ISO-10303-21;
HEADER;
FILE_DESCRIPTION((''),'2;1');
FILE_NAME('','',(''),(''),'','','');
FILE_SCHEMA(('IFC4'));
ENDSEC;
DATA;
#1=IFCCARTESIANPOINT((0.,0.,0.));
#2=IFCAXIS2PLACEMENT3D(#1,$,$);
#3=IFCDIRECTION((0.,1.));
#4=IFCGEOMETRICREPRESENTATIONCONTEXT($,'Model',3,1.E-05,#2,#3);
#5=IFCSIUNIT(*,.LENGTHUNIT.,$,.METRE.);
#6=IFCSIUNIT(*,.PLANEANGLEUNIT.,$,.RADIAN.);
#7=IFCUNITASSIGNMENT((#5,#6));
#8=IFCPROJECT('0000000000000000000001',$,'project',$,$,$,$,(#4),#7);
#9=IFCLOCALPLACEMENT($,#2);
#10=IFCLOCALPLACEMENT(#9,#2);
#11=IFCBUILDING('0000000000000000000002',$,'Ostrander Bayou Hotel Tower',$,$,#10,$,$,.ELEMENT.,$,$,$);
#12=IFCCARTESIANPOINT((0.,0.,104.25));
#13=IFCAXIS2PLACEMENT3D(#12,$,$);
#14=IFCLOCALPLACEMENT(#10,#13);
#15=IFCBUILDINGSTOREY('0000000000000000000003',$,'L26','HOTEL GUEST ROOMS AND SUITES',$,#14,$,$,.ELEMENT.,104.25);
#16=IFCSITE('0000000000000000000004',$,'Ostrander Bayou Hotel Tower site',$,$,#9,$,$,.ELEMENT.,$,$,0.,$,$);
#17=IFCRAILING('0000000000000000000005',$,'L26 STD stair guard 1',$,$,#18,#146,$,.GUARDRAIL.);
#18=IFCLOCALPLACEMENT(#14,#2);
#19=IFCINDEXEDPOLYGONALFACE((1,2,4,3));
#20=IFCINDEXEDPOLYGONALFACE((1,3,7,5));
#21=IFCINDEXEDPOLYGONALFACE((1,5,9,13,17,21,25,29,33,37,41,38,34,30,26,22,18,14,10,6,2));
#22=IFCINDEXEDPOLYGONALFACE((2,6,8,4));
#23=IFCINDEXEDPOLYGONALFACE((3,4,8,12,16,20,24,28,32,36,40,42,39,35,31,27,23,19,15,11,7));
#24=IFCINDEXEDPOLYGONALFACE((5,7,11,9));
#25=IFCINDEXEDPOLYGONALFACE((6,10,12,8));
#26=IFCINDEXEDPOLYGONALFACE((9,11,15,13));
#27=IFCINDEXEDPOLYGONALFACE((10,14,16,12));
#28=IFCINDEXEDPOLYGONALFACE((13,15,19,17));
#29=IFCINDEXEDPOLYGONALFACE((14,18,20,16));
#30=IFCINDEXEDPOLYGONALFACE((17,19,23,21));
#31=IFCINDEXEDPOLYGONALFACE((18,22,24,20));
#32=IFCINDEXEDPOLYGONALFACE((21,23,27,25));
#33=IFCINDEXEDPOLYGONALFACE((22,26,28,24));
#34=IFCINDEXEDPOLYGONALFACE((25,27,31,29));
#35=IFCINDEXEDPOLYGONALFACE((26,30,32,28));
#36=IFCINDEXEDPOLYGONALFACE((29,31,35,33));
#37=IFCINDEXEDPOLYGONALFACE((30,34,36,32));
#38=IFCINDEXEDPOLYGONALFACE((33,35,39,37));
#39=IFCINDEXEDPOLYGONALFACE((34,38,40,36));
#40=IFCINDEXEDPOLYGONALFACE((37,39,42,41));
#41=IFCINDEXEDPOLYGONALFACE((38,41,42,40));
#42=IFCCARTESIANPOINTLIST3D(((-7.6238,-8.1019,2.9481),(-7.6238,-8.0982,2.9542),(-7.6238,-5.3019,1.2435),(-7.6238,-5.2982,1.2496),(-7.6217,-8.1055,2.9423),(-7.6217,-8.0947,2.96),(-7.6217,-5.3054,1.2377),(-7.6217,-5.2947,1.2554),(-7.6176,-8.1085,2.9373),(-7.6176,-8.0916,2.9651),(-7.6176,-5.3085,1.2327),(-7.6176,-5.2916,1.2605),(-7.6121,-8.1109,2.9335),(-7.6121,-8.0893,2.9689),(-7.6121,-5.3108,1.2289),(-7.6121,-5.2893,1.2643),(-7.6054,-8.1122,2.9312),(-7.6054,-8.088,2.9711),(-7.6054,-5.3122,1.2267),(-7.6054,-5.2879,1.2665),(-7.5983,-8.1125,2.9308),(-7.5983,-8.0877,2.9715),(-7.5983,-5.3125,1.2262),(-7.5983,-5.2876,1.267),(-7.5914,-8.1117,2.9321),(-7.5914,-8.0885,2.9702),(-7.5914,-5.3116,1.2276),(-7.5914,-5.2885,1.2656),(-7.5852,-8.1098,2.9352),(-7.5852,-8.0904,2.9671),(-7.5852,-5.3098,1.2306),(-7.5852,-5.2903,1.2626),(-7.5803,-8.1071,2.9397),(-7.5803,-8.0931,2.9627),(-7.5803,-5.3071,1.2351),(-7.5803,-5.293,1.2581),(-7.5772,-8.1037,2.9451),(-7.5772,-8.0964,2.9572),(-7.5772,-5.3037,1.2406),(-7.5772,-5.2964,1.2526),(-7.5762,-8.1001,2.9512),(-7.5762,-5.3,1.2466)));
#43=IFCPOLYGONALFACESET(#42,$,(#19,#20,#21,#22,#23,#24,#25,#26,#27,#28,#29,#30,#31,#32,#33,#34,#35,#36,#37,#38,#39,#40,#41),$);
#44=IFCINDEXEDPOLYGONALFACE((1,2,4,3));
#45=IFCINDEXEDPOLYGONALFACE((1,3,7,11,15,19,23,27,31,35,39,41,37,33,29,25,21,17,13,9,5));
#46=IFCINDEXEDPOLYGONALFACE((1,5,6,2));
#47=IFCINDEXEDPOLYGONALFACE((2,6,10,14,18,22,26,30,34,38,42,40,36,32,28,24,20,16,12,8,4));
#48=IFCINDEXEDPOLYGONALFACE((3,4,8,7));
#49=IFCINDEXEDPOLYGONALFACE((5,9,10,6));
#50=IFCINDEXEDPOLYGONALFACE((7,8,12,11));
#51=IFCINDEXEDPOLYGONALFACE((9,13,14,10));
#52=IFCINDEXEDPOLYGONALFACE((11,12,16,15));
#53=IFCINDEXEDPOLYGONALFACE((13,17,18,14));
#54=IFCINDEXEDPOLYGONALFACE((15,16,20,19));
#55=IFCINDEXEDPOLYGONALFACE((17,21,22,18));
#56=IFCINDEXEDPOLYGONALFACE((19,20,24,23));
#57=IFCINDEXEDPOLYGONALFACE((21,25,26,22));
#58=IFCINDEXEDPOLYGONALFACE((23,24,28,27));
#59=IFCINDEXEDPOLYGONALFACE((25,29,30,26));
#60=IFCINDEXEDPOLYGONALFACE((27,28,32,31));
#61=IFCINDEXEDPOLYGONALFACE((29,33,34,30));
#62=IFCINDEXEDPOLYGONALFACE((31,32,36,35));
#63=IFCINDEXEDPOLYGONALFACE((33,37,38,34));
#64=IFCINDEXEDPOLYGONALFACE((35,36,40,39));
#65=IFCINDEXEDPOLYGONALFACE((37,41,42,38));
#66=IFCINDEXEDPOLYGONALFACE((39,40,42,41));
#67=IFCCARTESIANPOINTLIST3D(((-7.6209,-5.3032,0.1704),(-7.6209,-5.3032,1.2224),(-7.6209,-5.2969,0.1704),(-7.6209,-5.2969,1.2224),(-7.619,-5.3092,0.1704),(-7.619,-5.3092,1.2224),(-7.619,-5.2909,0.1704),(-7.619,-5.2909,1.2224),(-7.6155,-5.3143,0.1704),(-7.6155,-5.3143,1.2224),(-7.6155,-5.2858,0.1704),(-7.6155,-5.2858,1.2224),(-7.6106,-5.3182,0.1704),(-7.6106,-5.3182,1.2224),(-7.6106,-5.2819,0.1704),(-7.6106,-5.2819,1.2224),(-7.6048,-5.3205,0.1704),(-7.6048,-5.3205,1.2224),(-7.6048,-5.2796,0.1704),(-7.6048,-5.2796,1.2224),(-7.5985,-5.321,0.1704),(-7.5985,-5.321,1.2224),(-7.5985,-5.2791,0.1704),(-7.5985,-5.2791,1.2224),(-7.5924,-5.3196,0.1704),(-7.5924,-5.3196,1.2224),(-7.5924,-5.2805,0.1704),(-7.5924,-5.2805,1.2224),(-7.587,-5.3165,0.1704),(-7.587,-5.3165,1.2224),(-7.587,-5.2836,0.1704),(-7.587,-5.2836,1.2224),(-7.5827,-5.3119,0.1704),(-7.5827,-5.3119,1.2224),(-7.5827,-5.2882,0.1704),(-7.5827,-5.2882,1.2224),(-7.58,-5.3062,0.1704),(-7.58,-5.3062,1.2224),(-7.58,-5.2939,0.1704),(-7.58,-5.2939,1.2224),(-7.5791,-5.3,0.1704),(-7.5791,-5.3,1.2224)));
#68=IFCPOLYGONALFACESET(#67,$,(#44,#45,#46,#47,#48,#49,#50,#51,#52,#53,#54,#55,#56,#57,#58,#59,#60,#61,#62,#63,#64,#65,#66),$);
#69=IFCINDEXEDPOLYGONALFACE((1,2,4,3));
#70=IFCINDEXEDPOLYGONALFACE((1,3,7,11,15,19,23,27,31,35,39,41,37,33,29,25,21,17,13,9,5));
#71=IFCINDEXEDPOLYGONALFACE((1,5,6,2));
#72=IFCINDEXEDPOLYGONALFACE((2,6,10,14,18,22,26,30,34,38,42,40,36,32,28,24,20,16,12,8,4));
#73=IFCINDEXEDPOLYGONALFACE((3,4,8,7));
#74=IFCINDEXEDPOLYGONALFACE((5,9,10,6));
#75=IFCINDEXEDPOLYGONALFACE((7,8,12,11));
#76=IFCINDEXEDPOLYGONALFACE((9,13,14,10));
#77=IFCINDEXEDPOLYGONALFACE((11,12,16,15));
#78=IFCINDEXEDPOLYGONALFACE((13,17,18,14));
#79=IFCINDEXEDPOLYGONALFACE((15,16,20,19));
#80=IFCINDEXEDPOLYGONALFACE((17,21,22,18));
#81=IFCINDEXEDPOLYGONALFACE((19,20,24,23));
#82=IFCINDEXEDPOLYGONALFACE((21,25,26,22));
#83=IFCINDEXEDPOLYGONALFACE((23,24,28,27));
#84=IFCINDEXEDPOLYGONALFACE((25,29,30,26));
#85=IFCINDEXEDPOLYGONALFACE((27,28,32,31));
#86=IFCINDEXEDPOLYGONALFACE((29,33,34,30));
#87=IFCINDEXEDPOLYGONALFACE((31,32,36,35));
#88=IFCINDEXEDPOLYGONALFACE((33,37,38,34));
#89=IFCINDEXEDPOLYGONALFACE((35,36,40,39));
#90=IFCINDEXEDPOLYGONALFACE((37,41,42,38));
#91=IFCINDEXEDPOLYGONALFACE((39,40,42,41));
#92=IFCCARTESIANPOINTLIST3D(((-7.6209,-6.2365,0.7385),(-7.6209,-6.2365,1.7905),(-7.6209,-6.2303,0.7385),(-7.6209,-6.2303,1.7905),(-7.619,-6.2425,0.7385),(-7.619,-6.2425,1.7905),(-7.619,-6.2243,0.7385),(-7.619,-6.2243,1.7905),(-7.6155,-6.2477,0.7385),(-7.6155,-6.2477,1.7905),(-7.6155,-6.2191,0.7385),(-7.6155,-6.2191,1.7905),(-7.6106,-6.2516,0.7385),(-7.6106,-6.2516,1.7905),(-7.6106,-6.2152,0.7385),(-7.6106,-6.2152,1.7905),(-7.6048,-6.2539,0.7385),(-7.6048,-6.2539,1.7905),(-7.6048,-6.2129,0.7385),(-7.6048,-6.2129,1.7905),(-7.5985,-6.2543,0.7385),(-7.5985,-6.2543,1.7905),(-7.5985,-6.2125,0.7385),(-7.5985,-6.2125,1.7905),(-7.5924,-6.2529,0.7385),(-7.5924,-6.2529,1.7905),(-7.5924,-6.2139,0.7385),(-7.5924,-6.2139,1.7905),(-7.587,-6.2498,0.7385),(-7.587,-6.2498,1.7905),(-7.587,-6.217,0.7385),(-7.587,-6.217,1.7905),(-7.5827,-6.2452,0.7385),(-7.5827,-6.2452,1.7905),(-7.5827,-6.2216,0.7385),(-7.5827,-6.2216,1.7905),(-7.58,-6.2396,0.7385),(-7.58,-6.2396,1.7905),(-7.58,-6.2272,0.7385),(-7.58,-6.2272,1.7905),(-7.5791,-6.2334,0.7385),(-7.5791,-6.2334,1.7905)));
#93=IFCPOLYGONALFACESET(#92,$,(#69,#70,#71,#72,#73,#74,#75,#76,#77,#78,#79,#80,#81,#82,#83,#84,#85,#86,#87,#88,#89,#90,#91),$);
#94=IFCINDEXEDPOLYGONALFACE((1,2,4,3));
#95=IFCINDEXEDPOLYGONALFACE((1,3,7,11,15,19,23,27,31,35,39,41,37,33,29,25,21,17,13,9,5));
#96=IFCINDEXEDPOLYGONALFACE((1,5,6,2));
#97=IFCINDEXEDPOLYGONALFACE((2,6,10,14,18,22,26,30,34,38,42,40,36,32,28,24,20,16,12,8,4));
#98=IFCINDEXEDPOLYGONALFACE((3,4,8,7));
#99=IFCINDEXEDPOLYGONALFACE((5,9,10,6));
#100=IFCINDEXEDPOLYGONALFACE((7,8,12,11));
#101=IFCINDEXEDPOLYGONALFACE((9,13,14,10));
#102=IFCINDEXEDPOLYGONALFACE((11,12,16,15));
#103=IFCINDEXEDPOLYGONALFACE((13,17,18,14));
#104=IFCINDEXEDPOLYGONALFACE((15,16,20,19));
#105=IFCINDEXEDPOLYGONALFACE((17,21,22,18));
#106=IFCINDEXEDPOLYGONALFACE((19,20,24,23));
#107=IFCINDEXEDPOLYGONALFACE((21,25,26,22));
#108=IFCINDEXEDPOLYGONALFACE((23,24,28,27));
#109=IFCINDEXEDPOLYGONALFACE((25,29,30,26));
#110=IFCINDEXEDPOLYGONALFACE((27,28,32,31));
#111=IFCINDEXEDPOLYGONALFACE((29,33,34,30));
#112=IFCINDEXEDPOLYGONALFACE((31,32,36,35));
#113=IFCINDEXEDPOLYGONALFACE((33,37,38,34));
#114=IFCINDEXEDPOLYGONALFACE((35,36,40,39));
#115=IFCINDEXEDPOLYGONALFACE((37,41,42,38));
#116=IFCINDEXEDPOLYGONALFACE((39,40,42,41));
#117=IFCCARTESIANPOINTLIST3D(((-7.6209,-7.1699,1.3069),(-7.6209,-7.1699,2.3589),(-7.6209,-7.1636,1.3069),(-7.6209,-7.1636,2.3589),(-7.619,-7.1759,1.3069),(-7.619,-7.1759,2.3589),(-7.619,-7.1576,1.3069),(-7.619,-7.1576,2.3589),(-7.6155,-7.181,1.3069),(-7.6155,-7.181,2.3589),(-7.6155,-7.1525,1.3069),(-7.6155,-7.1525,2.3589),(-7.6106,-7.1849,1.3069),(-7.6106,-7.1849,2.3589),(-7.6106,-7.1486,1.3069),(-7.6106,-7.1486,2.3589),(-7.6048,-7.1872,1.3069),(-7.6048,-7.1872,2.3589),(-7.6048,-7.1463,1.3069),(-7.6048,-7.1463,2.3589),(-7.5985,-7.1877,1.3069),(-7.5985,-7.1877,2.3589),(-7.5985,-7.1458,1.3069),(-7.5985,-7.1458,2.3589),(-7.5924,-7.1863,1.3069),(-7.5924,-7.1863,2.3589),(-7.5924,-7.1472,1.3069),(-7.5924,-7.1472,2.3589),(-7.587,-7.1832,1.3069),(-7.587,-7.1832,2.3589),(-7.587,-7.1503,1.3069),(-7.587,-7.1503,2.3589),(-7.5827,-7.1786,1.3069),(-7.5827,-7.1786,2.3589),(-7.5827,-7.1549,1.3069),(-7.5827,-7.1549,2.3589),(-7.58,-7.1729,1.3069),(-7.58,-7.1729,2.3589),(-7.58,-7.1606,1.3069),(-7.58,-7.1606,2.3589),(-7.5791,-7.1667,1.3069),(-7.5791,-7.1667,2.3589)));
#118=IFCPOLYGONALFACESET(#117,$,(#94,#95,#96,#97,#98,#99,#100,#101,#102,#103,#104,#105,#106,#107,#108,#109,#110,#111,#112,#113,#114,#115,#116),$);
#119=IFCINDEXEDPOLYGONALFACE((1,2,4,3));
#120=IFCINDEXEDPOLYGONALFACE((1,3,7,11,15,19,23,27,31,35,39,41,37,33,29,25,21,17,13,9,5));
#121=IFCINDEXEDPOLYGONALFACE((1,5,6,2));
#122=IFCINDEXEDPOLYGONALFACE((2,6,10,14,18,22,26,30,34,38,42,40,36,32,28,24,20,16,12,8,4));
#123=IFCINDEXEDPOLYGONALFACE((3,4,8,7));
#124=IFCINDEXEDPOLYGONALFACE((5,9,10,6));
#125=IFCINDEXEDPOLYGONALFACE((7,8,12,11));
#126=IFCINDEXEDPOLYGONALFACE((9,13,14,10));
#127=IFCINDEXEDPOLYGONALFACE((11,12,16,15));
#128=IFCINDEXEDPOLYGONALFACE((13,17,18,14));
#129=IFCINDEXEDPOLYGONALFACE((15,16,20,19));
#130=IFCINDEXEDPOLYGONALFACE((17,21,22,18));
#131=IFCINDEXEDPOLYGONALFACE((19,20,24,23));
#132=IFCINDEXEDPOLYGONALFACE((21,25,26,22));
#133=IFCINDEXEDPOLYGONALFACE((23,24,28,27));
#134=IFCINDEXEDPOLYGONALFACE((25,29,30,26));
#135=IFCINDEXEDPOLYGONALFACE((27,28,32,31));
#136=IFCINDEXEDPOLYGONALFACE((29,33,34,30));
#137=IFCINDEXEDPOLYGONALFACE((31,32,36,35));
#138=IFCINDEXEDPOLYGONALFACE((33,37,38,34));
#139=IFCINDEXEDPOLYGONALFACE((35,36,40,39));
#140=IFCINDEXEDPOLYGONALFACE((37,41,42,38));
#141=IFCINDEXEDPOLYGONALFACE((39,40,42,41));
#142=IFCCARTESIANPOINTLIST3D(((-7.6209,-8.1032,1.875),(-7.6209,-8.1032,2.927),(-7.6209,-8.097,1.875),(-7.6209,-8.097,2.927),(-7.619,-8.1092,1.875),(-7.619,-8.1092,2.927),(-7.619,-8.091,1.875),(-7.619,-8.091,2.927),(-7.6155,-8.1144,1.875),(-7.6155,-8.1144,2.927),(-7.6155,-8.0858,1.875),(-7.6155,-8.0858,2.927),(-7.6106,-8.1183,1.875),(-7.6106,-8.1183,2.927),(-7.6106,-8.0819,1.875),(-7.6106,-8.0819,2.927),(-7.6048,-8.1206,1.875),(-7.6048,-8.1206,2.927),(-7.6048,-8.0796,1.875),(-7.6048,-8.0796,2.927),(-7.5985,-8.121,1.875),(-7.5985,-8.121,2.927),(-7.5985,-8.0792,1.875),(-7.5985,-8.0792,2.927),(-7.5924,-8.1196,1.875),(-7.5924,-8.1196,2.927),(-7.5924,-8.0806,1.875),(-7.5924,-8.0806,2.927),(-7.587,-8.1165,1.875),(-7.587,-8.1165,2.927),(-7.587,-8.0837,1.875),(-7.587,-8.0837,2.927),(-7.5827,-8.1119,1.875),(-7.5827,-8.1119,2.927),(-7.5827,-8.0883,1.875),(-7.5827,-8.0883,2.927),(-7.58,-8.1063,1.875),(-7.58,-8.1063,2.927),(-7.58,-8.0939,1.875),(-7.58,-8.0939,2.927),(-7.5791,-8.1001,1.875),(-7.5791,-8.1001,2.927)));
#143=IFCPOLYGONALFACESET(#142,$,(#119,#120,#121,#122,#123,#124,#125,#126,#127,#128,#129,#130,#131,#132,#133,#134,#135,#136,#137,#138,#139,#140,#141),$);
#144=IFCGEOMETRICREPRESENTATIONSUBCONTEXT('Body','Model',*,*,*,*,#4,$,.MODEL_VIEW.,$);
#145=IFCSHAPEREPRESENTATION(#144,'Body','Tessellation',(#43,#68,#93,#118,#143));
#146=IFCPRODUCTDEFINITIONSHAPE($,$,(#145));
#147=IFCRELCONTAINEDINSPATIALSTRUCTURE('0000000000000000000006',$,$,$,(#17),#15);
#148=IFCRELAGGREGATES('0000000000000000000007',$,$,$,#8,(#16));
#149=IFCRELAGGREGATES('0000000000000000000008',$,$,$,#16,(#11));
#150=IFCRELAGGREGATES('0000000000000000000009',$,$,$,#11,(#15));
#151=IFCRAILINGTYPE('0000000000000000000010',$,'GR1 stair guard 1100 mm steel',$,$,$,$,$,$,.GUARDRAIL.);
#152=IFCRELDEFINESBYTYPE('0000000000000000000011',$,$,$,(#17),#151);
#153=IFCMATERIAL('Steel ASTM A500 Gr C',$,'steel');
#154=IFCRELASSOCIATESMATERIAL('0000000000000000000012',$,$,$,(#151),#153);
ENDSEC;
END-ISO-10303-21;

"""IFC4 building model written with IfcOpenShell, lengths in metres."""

from ifc_helpers import new_model, si_unit, direction, frame, origin, origin_2d, place, context, subcontext, project, spatial, circle, extrude, material, type_object, element, save


model = new_model("IFC4")

# Units and contexts
model_context = context("Model", 3, precision=1e-05, world=origin(), true_north=direction((0.0, 1.0)))
body_context = subcontext(model_context, "Body", "Model", "MODEL_VIEW")
ifc_project = project(units=[si_unit("LENGTHUNIT", "METRE"), si_unit("PLANEANGLEUNIT", "RADIAN")], contexts=[model_context])

# Site, building, storey
site_placement = place(None, origin())
site = spatial("IfcSite", under=ifc_project, at=site_placement, Name="Ostrander Bayou Hotel Tower site", CompositionType="ELEMENT", RefElevation=0.0)
building_placement = place(site_placement, origin())
building = spatial("IfcBuilding", under=site, at=building_placement, Name="Ostrander Bayou Hotel Tower", CompositionType="ELEMENT")
storey_placement = place(building_placement, frame((0.0, 0.0, 104.25)))
storey = spatial("IfcBuildingStorey", under=building, at=storey_placement, Name="L26", Description="HOTEL GUEST ROOMS AND SUITES", CompositionType="ELEMENT", Elevation=104.25)

# Railing
ifc_material_1 = material(Name="Steel ASTM A500 Gr C", Category="steel")
railing_type_1 = type_object("IfcRailingType", Name="GR1 stair guard 1100 mm steel", PredefinedType="GUARDRAIL", material=ifc_material_1)
railing_1_placement = place(storey_placement, frame((-7.6001, -5.3, 0.1704)))
element("IfcRailing", 1, at=railing_1_placement, inside=storey, type_object=railing_type_1, Name="L26 STD stair guard 1", PredefinedType="GUARDRAIL", context=body_context, shape_type="SweptSolid", body=[
    extrude(circle(Radius=0.0239, at=origin_2d()), frame((0.0, 0.0, 1.0762), z_axis=(0.0, -0.85417, 0.519994), x_axis=(1.0, 0.0, 0.0)), (0.0, 0.0, 1.0), 3.2781),
    extrude(circle(Radius=0.021, at=origin_2d()), origin(), (0.0, 0.0, 1.0), 1.052),
    extrude(circle(Radius=0.021, at=origin_2d()), frame((0.0, -0.9333, 0.5681)), (0.0, 0.0, 1.0), 1.052),
    extrude(circle(Radius=0.021, at=origin_2d()), frame((0.0, -1.8667, 1.1365)), (0.0, 0.0, 1.0), 1.052),
    extrude(circle(Radius=0.021, at=origin_2d()), frame((0.0, -2.8, 1.7046)), (0.0, 0.0, 1.0), 1.052),
])

save(model, "model.ifc")
